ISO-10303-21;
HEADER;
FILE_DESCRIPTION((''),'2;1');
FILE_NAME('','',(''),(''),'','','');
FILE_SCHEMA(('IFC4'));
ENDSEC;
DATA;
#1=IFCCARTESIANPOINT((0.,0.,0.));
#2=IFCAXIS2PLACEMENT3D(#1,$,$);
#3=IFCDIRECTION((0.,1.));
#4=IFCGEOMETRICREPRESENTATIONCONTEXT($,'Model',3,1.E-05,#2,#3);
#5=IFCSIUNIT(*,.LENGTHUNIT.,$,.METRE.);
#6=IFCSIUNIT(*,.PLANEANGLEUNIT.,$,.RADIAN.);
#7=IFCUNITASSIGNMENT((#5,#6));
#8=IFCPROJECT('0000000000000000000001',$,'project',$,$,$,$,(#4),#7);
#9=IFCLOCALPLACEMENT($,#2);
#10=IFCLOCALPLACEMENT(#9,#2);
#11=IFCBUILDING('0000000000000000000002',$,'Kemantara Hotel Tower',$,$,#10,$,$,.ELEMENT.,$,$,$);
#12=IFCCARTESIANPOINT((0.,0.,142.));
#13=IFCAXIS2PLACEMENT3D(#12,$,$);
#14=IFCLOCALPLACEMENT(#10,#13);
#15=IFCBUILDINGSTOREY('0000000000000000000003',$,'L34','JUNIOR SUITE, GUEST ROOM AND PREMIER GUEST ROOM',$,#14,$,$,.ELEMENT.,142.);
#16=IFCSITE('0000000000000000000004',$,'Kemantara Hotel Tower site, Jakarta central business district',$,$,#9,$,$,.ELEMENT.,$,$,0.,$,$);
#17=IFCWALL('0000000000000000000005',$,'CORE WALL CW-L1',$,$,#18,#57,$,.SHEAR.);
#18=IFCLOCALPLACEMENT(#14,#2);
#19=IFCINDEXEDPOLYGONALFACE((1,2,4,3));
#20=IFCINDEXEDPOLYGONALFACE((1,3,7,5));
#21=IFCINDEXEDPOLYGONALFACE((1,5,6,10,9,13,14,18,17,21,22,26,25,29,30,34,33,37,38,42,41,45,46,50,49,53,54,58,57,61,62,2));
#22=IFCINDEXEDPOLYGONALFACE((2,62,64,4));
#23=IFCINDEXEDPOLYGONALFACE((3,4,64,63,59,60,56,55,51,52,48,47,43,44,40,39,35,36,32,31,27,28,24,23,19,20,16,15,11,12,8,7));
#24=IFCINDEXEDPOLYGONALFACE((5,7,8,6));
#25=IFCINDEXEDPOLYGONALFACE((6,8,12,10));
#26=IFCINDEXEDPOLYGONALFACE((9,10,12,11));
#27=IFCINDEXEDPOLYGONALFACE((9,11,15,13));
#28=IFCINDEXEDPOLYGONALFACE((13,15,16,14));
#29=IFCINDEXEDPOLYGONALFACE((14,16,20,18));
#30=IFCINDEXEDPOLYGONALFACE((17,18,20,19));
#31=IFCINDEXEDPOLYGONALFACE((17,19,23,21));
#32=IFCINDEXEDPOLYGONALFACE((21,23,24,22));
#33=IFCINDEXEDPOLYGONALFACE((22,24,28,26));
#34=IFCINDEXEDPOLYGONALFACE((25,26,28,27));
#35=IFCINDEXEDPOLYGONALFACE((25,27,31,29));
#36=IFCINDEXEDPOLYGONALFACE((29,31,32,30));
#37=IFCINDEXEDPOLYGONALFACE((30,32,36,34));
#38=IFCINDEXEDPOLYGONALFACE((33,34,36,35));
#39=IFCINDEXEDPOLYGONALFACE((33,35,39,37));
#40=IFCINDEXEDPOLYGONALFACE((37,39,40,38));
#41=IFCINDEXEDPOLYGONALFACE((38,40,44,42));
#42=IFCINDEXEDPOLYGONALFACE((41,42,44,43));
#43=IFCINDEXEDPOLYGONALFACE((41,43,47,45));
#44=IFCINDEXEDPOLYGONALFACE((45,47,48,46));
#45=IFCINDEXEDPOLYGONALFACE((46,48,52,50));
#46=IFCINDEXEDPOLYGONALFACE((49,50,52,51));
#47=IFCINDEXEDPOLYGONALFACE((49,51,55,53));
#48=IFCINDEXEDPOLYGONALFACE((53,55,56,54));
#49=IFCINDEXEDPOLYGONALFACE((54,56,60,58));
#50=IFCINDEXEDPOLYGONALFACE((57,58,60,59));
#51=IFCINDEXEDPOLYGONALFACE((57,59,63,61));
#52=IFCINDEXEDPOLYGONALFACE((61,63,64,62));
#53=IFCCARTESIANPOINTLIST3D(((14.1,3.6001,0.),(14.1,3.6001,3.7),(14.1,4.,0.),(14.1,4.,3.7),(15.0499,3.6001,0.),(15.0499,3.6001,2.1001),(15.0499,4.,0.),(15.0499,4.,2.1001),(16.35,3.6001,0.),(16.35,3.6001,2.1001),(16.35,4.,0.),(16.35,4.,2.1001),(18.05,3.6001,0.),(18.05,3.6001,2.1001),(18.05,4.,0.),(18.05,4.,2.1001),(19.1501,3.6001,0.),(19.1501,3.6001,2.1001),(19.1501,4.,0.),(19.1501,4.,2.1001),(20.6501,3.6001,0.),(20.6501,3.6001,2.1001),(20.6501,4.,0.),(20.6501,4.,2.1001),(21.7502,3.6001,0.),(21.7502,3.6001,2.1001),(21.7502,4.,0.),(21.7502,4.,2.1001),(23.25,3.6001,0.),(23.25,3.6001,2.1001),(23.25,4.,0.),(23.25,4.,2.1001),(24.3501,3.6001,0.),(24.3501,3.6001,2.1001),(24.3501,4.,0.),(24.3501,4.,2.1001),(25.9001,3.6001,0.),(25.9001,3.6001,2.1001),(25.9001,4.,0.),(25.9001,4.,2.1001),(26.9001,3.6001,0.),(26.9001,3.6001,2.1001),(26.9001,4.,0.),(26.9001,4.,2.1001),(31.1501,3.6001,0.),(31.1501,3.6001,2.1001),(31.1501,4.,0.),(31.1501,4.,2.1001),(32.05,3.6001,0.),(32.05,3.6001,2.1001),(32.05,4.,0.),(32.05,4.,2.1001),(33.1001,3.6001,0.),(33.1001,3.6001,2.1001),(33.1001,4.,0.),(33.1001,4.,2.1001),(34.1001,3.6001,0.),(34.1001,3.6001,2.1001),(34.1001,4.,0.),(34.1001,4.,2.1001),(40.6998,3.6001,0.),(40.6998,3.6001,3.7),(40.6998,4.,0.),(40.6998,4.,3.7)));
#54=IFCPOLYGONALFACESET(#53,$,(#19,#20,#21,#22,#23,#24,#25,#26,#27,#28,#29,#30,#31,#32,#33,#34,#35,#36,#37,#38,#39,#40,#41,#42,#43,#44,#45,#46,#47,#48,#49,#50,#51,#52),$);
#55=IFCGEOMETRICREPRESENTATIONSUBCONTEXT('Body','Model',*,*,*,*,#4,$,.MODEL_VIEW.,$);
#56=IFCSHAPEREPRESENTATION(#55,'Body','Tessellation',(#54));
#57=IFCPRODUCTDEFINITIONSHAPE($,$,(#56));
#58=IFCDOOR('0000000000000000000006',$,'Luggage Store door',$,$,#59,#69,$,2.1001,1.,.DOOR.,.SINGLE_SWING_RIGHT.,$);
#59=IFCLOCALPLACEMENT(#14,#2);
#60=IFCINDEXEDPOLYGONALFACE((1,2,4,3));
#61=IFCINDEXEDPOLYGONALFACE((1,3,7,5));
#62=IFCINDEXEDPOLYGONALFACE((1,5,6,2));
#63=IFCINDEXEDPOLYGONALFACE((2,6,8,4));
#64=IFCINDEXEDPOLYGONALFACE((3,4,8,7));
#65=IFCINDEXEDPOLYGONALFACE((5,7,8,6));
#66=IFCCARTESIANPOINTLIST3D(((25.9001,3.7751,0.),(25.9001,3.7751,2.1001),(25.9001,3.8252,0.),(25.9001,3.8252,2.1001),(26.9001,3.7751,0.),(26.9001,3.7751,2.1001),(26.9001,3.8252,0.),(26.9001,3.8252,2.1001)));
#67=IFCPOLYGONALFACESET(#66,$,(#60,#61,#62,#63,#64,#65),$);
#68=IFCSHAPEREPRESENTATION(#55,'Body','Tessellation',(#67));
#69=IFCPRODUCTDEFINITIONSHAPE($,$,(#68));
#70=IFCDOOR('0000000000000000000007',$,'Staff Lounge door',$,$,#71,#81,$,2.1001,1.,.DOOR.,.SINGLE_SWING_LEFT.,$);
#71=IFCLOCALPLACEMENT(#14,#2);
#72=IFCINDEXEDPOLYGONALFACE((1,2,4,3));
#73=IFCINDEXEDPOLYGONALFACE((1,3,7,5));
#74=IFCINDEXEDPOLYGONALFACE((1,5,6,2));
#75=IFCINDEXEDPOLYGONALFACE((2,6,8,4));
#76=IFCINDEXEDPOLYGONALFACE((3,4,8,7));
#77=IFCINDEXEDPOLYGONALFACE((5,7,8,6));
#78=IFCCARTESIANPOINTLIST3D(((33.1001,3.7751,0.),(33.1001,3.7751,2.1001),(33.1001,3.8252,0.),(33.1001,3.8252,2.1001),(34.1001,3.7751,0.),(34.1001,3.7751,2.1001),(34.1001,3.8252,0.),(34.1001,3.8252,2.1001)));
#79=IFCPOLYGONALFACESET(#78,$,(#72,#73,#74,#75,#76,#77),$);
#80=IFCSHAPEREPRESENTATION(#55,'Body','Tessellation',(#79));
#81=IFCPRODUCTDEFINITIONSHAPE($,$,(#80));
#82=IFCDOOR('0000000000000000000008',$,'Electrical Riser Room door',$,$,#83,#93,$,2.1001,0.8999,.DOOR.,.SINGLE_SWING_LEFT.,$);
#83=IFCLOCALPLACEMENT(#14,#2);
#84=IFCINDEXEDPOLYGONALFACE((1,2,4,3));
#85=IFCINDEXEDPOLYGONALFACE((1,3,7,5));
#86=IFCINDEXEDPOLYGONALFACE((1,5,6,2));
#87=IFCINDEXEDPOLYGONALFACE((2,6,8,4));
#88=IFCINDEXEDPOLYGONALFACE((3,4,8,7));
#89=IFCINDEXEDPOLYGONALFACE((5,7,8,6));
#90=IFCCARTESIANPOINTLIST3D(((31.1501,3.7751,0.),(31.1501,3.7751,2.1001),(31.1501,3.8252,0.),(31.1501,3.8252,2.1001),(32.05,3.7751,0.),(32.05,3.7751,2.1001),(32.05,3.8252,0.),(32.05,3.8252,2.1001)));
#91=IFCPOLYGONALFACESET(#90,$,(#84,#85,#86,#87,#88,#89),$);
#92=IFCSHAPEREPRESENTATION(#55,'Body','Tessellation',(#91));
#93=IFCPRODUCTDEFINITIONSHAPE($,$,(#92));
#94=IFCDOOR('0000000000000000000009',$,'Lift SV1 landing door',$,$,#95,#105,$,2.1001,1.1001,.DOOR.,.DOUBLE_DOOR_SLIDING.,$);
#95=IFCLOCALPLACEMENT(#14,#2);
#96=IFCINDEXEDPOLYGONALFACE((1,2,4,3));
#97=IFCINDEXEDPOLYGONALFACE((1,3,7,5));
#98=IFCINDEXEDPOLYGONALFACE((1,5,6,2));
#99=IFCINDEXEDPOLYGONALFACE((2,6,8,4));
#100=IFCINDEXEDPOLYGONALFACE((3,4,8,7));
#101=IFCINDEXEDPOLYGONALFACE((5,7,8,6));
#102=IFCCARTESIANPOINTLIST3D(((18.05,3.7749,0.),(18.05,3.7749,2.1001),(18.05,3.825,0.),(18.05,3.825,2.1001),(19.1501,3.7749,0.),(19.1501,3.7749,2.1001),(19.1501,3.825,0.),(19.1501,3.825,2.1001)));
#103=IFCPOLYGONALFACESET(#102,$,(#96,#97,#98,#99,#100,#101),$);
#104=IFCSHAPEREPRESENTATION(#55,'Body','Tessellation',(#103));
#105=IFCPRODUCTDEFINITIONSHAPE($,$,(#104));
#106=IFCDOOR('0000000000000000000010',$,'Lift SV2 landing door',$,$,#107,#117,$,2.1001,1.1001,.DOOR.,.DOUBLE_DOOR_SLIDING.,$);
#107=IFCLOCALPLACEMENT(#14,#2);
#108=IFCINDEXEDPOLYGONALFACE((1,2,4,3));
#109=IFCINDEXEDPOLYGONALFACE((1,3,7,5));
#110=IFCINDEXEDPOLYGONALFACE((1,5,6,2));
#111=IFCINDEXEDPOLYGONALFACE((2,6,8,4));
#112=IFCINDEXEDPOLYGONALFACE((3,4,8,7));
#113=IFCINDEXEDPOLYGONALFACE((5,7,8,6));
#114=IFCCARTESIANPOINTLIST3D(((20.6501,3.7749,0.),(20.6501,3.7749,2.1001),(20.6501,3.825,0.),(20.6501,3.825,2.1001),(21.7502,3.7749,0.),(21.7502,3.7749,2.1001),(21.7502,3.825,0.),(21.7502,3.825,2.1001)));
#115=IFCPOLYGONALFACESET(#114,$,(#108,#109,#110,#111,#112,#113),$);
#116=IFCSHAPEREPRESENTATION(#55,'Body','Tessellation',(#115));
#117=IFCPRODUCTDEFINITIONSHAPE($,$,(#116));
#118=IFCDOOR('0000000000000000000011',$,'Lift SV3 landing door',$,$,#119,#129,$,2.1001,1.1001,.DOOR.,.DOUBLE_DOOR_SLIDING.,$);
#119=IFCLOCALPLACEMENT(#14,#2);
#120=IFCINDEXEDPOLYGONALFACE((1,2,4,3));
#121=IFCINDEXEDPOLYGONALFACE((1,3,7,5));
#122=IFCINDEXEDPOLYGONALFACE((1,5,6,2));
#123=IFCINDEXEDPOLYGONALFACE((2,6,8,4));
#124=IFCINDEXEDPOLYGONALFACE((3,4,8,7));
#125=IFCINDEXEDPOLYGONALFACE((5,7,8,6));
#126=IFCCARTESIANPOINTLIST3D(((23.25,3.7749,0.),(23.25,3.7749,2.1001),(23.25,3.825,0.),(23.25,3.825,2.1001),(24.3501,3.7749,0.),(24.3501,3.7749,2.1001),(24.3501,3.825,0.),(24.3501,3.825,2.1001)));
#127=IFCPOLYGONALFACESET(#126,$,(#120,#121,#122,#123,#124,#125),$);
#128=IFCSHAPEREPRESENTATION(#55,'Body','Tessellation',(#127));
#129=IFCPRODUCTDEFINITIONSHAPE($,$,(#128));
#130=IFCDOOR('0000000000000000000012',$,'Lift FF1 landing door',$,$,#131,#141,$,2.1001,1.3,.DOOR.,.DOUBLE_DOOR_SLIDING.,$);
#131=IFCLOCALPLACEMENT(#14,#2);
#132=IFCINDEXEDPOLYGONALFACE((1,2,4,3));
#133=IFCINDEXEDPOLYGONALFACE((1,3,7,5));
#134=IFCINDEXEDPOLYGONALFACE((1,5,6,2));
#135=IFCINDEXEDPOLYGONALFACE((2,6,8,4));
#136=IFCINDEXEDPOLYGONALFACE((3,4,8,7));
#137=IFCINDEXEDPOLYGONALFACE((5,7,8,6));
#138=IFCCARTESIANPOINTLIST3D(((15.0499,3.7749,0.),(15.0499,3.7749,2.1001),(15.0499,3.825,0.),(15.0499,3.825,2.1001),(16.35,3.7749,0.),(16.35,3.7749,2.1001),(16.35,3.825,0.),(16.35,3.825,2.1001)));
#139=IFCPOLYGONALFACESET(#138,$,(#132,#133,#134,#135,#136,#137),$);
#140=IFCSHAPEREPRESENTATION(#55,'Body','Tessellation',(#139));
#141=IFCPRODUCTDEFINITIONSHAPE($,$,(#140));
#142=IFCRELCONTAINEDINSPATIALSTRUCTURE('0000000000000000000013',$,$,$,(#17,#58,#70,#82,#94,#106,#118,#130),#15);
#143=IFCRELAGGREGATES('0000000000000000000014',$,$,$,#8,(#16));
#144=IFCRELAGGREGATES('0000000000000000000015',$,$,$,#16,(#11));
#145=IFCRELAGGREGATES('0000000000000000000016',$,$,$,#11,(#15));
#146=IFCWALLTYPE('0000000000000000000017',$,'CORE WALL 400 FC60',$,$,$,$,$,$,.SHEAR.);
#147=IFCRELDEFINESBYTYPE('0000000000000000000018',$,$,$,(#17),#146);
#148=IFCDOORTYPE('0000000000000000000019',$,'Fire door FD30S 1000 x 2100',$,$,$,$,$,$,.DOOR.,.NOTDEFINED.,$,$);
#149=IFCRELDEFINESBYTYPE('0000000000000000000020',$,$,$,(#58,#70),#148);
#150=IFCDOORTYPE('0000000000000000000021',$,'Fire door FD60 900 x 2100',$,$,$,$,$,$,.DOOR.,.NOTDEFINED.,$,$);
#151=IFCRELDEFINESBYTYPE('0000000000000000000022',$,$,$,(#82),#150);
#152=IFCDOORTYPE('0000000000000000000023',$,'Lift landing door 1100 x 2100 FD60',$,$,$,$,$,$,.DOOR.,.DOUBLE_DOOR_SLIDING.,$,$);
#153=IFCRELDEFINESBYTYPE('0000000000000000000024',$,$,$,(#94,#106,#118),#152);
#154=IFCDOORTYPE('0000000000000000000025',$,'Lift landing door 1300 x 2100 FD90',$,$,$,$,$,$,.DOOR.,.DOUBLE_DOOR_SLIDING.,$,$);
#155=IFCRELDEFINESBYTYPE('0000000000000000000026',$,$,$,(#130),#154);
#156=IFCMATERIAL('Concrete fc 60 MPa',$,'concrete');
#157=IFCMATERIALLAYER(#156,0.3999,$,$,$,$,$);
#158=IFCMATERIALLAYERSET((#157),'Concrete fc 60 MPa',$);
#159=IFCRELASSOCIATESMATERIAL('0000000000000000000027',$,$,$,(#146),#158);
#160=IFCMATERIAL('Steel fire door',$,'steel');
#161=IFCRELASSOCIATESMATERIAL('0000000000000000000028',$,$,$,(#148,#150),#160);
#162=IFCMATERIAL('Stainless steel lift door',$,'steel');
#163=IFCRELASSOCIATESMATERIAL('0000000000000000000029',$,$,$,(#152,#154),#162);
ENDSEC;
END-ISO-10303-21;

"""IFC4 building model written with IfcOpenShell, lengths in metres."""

from ifc_helpers import new_model, si_unit, direction, frame, frame_2d, origin, place, context, subcontext, project, spatial, rectangle, extrude, material, layer, layer_set, type_object, element, fill, save


model = new_model("IFC4")

# Units and contexts
model_context = context("Model", 3, precision=1e-05, world=origin(), true_north=direction((0.0, 1.0)))
body_context = subcontext(model_context, "Body", "Model", "MODEL_VIEW")
ifc_project = project(units=[si_unit("LENGTHUNIT", "METRE"), si_unit("PLANEANGLEUNIT", "RADIAN")], contexts=[model_context])

# Site, building, storey
site_placement = place(None, origin())
site = spatial("IfcSite", under=ifc_project, at=site_placement, Name="Kemantara Hotel Tower site, Jakarta central business district", CompositionType="ELEMENT", RefElevation=0.0)
building_placement = place(site_placement, origin())
building = spatial("IfcBuilding", under=site, at=building_placement, Name="Kemantara Hotel Tower", CompositionType="ELEMENT")
storey_placement = place(building_placement, frame((0.0, 0.0, 142.0)))
storey = spatial("IfcBuildingStorey", under=building, at=storey_placement, Name="L34", Description="JUNIOR SUITE, GUEST ROOM AND PREMIER GUEST ROOM", CompositionType="ELEMENT", Elevation=142.0)

# Shared definitions
ifc_material_1 = material(Name="Concrete fc 60 MPa", Category="concrete")

# Wall, openings, doors
ifc_layer_1 = layer(ifc_material_1, 0.3999)
ifc_layer_set_1 = layer_set([ifc_layer_1], Name="Concrete fc 60 MPa")
wall_type_1 = type_object("IfcWallType", Name="CORE WALL 400 FC60", PredefinedType="SHEAR", material=ifc_layer_set_1)
wall_1_placement = place(storey_placement, frame((14.1001, 3.8, 0.0), z_axis=(0.0, 0.0, 1.0), x_axis=(1.0, 0.0, 0.0)))
wall_1 = element("IfcWall", 1, at=wall_1_placement, inside=storey, type_object=wall_type_1, Name="CORE WALL CW-L1", PredefinedType="SHEAR", context=body_context, shape_type="SweptSolid", body=[
    extrude(rectangle(XDim=26.5999, YDim=0.3999, at=frame_2d((13.2998, 0.0))), origin(), (0.0, 0.0, 1.0), 3.7),
])
opening_1_placement = place(wall_1_placement, frame((0.95, 0.0, 0.0)))
opening_1 = element("IfcOpeningElement", 2, at=opening_1_placement, cuts=wall_1, PredefinedType="OPENING", context=body_context, shape_type="SweptSolid", body=[
    extrude(rectangle(XDim=1.3, YDim=2.1001, at=frame_2d((0.6499, 1.05))), frame((0.0, 0.21, 0.0), z_axis=(0.0, -1.0, 0.0), x_axis=(1.0, 0.0, 0.0)), (0.0, 0.0, 1.0), 0.4199),
])
opening_2_placement = place(wall_1_placement, frame((3.95, 0.0, 0.0)))
opening_2 = element("IfcOpeningElement", 3, at=opening_2_placement, cuts=wall_1, PredefinedType="OPENING", context=body_context, shape_type="SweptSolid", body=[
    extrude(rectangle(XDim=1.1001, YDim=2.1001, at=frame_2d((0.55, 1.05))), frame((0.0, 0.21, 0.0), z_axis=(0.0, -1.0, 0.0), x_axis=(1.0, 0.0, 0.0)), (0.0, 0.0, 1.0), 0.4199),
])
opening_3_placement = place(wall_1_placement, frame((6.55, 0.0, 0.0)))
opening_3 = element("IfcOpeningElement", 4, at=opening_3_placement, cuts=wall_1, PredefinedType="OPENING", context=body_context, shape_type="SweptSolid", body=[
    extrude(rectangle(XDim=1.1001, YDim=2.1001, at=frame_2d((0.55, 1.05))), frame((0.0, 0.21, 0.0), z_axis=(0.0, -1.0, 0.0), x_axis=(1.0, 0.0, 0.0)), (0.0, 0.0, 1.0), 0.4199),
])
opening_4_placement = place(wall_1_placement, frame((9.1499, 0.0, 0.0)))
opening_4 = element("IfcOpeningElement", 5, at=opening_4_placement, cuts=wall_1, PredefinedType="OPENING", context=body_context, shape_type="SweptSolid", body=[
    extrude(rectangle(XDim=1.1001, YDim=2.1001, at=frame_2d((0.55, 1.05))), frame((0.0, 0.21, 0.0), z_axis=(0.0, -1.0, 0.0), x_axis=(1.0, 0.0, 0.0)), (0.0, 0.0, 1.0), 0.4199),
])
opening_5_placement = place(wall_1_placement, frame((11.8, 0.0, 0.0)))
opening_5 = element("IfcOpeningElement", 6, at=opening_5_placement, cuts=wall_1, PredefinedType="OPENING", context=body_context, shape_type="SweptSolid", body=[
    extrude(rectangle(XDim=1.0, YDim=2.1001, at=frame_2d((0.5, 1.05))), frame((0.0, 0.21, 0.0), z_axis=(0.0, -1.0, 0.0), x_axis=(1.0, 0.0, 0.0)), (0.0, 0.0, 1.0), 0.4199),
])
opening_6_placement = place(wall_1_placement, frame((17.05, 0.0, 0.0)))
opening_6 = element("IfcOpeningElement", 7, at=opening_6_placement, cuts=wall_1, PredefinedType="OPENING", context=body_context, shape_type="SweptSolid", body=[
    extrude(rectangle(XDim=0.8999, YDim=2.1001, at=frame_2d((0.45, 1.05))), frame((0.0, 0.21, 0.0), z_axis=(0.0, -1.0, 0.0), x_axis=(1.0, 0.0, 0.0)), (0.0, 0.0, 1.0), 0.4199),
])
opening_7_placement = place(wall_1_placement, frame((19.0, 0.0, 0.0)))
opening_7 = element("IfcOpeningElement", 8, at=opening_7_placement, cuts=wall_1, PredefinedType="OPENING", context=body_context, shape_type="SweptSolid", body=[
    extrude(rectangle(XDim=1.0, YDim=2.1001, at=frame_2d((0.5, 1.05))), frame((0.0, 0.21, 0.0), z_axis=(0.0, -1.0, 0.0), x_axis=(1.0, 0.0, 0.0)), (0.0, 0.0, 1.0), 0.4199),
])
ifc_material_2 = material(Name="Steel fire door", Category="steel")
door_type_1 = type_object("IfcDoorType", Name="Fire door FD30S 1000 x 2100", OperationType="NOTDEFINED", PredefinedType="DOOR", material=ifc_material_2)
door_1_placement = place(opening_5_placement, frame((1.0, 0.0, 0.0), z_axis=(0.0, 0.0, 1.0), x_axis=(-1.0, 0.0, 0.0)))
door_1 = element("IfcDoor", 9, at=door_1_placement, inside=storey, type_object=door_type_1, Name="Luggage Store door", OperationType="SINGLE_SWING_RIGHT", OverallHeight=2.1001, OverallWidth=1.0, PredefinedType="DOOR", context=body_context, shape_type="SweptSolid", body=[
    extrude(rectangle(XDim=1.0, YDim=2.1001, at=frame_2d((0.5, 1.05))), frame((0.0, 0.0249, 0.0), z_axis=(0.0, -1.0, 0.0), x_axis=(1.0, 0.0, 0.0)), (0.0, 0.0, 1.0), 0.05),
])
fill(opening_5, door_1)
door_2_placement = place(opening_7_placement, frame((1.0, 0.0, 0.0), z_axis=(0.0, 0.0, 1.0), x_axis=(-1.0, 0.0, 0.0)))
door_2 = element("IfcDoor", 10, at=door_2_placement, inside=storey, type_object=door_type_1, Name="Staff Lounge door", OperationType="SINGLE_SWING_LEFT", OverallHeight=2.1001, OverallWidth=1.0, PredefinedType="DOOR", context=body_context, shape_type="SweptSolid", body=[
    extrude(rectangle(XDim=1.0, YDim=2.1001, at=frame_2d((0.5, 1.05))), frame((0.0, 0.0249, 0.0), z_axis=(0.0, -1.0, 0.0), x_axis=(1.0, 0.0, 0.0)), (0.0, 0.0, 1.0), 0.05),
])
fill(opening_7, door_2)
door_type_2 = type_object("IfcDoorType", Name="Fire door FD60 900 x 2100", OperationType="NOTDEFINED", PredefinedType="DOOR", material=ifc_material_2)
door_3_placement = place(opening_6_placement, frame((0.8999, 0.0, 0.0), z_axis=(0.0, 0.0, 1.0), x_axis=(-1.0, 0.0, 0.0)))
door_3 = element("IfcDoor", 11, at=door_3_placement, inside=storey, type_object=door_type_2, Name="Electrical Riser Room door", OperationType="SINGLE_SWING_LEFT", OverallHeight=2.1001, OverallWidth=0.8999, PredefinedType="DOOR", context=body_context, shape_type="SweptSolid", body=[
    extrude(rectangle(XDim=0.8999, YDim=2.1001, at=frame_2d((0.45, 1.05))), frame((0.0, 0.0249, 0.0), z_axis=(0.0, -1.0, 0.0), x_axis=(1.0, 0.0, 0.0)), (0.0, 0.0, 1.0), 0.05),
])
fill(opening_6, door_3)
ifc_material_3 = material(Name="Stainless steel lift door", Category="steel")
door_type_3 = type_object("IfcDoorType", Name="Lift landing door 1100 x 2100 FD60", OperationType="DOUBLE_DOOR_SLIDING", PredefinedType="DOOR", material=ifc_material_3)
door_4_placement = place(opening_2_placement, origin())
door_4 = element("IfcDoor", 12, at=door_4_placement, inside=storey, type_object=door_type_3, Name="Lift SV1 landing door", OperationType="DOUBLE_DOOR_SLIDING", OverallHeight=2.1001, OverallWidth=1.1001, PredefinedType="DOOR", context=body_context, shape_type="SweptSolid", body=[
    extrude(rectangle(XDim=1.1001, YDim=2.1001, at=frame_2d((0.55, 1.05))), frame((0.0, 0.0249, 0.0), z_axis=(0.0, -1.0, 0.0), x_axis=(1.0, 0.0, 0.0)), (0.0, 0.0, 1.0), 0.05),
])
fill(opening_2, door_4)
door_5_placement = place(opening_3_placement, origin())
door_5 = element("IfcDoor", 13, at=door_5_placement, inside=storey, type_object=door_type_3, Name="Lift SV2 landing door", OperationType="DOUBLE_DOOR_SLIDING", OverallHeight=2.1001, OverallWidth=1.1001, PredefinedType="DOOR", context=body_context, shape_type="SweptSolid", body=[
    extrude(rectangle(XDim=1.1001, YDim=2.1001, at=frame_2d((0.55, 1.05))), frame((0.0, 0.0249, 0.0), z_axis=(0.0, -1.0, 0.0), x_axis=(1.0, 0.0, 0.0)), (0.0, 0.0, 1.0), 0.05),
])
fill(opening_3, door_5)
door_6_placement = place(opening_4_placement, origin())
door_6 = element("IfcDoor", 14, at=door_6_placement, inside=storey, type_object=door_type_3, Name="Lift SV3 landing door", OperationType="DOUBLE_DOOR_SLIDING", OverallHeight=2.1001, OverallWidth=1.1001, PredefinedType="DOOR", context=body_context, shape_type="SweptSolid", body=[
    extrude(rectangle(XDim=1.1001, YDim=2.1001, at=frame_2d((0.55, 1.05))), frame((0.0, 0.0249, 0.0), z_axis=(0.0, -1.0, 0.0), x_axis=(1.0, 0.0, 0.0)), (0.0, 0.0, 1.0), 0.05),
])
fill(opening_4, door_6)
door_type_4 = type_object("IfcDoorType", Name="Lift landing door 1300 x 2100 FD90", OperationType="DOUBLE_DOOR_SLIDING", PredefinedType="DOOR", material=ifc_material_3)
door_7_placement = place(opening_1_placement, origin())
door_7 = element("IfcDoor", 15, at=door_7_placement, inside=storey, type_object=door_type_4, Name="Lift FF1 landing door", OperationType="DOUBLE_DOOR_SLIDING", OverallHeight=2.1001, OverallWidth=1.3, PredefinedType="DOOR", context=body_context, shape_type="SweptSolid", body=[
    extrude(rectangle(XDim=1.3, YDim=2.1001, at=frame_2d((0.6499, 1.05))), frame((0.0, 0.0249, 0.0), z_axis=(0.0, -1.0, 0.0), x_axis=(1.0, 0.0, 0.0)), (0.0, 0.0, 1.0), 0.05),
])
fill(opening_1, door_7)

save(model, "model.ifc")
